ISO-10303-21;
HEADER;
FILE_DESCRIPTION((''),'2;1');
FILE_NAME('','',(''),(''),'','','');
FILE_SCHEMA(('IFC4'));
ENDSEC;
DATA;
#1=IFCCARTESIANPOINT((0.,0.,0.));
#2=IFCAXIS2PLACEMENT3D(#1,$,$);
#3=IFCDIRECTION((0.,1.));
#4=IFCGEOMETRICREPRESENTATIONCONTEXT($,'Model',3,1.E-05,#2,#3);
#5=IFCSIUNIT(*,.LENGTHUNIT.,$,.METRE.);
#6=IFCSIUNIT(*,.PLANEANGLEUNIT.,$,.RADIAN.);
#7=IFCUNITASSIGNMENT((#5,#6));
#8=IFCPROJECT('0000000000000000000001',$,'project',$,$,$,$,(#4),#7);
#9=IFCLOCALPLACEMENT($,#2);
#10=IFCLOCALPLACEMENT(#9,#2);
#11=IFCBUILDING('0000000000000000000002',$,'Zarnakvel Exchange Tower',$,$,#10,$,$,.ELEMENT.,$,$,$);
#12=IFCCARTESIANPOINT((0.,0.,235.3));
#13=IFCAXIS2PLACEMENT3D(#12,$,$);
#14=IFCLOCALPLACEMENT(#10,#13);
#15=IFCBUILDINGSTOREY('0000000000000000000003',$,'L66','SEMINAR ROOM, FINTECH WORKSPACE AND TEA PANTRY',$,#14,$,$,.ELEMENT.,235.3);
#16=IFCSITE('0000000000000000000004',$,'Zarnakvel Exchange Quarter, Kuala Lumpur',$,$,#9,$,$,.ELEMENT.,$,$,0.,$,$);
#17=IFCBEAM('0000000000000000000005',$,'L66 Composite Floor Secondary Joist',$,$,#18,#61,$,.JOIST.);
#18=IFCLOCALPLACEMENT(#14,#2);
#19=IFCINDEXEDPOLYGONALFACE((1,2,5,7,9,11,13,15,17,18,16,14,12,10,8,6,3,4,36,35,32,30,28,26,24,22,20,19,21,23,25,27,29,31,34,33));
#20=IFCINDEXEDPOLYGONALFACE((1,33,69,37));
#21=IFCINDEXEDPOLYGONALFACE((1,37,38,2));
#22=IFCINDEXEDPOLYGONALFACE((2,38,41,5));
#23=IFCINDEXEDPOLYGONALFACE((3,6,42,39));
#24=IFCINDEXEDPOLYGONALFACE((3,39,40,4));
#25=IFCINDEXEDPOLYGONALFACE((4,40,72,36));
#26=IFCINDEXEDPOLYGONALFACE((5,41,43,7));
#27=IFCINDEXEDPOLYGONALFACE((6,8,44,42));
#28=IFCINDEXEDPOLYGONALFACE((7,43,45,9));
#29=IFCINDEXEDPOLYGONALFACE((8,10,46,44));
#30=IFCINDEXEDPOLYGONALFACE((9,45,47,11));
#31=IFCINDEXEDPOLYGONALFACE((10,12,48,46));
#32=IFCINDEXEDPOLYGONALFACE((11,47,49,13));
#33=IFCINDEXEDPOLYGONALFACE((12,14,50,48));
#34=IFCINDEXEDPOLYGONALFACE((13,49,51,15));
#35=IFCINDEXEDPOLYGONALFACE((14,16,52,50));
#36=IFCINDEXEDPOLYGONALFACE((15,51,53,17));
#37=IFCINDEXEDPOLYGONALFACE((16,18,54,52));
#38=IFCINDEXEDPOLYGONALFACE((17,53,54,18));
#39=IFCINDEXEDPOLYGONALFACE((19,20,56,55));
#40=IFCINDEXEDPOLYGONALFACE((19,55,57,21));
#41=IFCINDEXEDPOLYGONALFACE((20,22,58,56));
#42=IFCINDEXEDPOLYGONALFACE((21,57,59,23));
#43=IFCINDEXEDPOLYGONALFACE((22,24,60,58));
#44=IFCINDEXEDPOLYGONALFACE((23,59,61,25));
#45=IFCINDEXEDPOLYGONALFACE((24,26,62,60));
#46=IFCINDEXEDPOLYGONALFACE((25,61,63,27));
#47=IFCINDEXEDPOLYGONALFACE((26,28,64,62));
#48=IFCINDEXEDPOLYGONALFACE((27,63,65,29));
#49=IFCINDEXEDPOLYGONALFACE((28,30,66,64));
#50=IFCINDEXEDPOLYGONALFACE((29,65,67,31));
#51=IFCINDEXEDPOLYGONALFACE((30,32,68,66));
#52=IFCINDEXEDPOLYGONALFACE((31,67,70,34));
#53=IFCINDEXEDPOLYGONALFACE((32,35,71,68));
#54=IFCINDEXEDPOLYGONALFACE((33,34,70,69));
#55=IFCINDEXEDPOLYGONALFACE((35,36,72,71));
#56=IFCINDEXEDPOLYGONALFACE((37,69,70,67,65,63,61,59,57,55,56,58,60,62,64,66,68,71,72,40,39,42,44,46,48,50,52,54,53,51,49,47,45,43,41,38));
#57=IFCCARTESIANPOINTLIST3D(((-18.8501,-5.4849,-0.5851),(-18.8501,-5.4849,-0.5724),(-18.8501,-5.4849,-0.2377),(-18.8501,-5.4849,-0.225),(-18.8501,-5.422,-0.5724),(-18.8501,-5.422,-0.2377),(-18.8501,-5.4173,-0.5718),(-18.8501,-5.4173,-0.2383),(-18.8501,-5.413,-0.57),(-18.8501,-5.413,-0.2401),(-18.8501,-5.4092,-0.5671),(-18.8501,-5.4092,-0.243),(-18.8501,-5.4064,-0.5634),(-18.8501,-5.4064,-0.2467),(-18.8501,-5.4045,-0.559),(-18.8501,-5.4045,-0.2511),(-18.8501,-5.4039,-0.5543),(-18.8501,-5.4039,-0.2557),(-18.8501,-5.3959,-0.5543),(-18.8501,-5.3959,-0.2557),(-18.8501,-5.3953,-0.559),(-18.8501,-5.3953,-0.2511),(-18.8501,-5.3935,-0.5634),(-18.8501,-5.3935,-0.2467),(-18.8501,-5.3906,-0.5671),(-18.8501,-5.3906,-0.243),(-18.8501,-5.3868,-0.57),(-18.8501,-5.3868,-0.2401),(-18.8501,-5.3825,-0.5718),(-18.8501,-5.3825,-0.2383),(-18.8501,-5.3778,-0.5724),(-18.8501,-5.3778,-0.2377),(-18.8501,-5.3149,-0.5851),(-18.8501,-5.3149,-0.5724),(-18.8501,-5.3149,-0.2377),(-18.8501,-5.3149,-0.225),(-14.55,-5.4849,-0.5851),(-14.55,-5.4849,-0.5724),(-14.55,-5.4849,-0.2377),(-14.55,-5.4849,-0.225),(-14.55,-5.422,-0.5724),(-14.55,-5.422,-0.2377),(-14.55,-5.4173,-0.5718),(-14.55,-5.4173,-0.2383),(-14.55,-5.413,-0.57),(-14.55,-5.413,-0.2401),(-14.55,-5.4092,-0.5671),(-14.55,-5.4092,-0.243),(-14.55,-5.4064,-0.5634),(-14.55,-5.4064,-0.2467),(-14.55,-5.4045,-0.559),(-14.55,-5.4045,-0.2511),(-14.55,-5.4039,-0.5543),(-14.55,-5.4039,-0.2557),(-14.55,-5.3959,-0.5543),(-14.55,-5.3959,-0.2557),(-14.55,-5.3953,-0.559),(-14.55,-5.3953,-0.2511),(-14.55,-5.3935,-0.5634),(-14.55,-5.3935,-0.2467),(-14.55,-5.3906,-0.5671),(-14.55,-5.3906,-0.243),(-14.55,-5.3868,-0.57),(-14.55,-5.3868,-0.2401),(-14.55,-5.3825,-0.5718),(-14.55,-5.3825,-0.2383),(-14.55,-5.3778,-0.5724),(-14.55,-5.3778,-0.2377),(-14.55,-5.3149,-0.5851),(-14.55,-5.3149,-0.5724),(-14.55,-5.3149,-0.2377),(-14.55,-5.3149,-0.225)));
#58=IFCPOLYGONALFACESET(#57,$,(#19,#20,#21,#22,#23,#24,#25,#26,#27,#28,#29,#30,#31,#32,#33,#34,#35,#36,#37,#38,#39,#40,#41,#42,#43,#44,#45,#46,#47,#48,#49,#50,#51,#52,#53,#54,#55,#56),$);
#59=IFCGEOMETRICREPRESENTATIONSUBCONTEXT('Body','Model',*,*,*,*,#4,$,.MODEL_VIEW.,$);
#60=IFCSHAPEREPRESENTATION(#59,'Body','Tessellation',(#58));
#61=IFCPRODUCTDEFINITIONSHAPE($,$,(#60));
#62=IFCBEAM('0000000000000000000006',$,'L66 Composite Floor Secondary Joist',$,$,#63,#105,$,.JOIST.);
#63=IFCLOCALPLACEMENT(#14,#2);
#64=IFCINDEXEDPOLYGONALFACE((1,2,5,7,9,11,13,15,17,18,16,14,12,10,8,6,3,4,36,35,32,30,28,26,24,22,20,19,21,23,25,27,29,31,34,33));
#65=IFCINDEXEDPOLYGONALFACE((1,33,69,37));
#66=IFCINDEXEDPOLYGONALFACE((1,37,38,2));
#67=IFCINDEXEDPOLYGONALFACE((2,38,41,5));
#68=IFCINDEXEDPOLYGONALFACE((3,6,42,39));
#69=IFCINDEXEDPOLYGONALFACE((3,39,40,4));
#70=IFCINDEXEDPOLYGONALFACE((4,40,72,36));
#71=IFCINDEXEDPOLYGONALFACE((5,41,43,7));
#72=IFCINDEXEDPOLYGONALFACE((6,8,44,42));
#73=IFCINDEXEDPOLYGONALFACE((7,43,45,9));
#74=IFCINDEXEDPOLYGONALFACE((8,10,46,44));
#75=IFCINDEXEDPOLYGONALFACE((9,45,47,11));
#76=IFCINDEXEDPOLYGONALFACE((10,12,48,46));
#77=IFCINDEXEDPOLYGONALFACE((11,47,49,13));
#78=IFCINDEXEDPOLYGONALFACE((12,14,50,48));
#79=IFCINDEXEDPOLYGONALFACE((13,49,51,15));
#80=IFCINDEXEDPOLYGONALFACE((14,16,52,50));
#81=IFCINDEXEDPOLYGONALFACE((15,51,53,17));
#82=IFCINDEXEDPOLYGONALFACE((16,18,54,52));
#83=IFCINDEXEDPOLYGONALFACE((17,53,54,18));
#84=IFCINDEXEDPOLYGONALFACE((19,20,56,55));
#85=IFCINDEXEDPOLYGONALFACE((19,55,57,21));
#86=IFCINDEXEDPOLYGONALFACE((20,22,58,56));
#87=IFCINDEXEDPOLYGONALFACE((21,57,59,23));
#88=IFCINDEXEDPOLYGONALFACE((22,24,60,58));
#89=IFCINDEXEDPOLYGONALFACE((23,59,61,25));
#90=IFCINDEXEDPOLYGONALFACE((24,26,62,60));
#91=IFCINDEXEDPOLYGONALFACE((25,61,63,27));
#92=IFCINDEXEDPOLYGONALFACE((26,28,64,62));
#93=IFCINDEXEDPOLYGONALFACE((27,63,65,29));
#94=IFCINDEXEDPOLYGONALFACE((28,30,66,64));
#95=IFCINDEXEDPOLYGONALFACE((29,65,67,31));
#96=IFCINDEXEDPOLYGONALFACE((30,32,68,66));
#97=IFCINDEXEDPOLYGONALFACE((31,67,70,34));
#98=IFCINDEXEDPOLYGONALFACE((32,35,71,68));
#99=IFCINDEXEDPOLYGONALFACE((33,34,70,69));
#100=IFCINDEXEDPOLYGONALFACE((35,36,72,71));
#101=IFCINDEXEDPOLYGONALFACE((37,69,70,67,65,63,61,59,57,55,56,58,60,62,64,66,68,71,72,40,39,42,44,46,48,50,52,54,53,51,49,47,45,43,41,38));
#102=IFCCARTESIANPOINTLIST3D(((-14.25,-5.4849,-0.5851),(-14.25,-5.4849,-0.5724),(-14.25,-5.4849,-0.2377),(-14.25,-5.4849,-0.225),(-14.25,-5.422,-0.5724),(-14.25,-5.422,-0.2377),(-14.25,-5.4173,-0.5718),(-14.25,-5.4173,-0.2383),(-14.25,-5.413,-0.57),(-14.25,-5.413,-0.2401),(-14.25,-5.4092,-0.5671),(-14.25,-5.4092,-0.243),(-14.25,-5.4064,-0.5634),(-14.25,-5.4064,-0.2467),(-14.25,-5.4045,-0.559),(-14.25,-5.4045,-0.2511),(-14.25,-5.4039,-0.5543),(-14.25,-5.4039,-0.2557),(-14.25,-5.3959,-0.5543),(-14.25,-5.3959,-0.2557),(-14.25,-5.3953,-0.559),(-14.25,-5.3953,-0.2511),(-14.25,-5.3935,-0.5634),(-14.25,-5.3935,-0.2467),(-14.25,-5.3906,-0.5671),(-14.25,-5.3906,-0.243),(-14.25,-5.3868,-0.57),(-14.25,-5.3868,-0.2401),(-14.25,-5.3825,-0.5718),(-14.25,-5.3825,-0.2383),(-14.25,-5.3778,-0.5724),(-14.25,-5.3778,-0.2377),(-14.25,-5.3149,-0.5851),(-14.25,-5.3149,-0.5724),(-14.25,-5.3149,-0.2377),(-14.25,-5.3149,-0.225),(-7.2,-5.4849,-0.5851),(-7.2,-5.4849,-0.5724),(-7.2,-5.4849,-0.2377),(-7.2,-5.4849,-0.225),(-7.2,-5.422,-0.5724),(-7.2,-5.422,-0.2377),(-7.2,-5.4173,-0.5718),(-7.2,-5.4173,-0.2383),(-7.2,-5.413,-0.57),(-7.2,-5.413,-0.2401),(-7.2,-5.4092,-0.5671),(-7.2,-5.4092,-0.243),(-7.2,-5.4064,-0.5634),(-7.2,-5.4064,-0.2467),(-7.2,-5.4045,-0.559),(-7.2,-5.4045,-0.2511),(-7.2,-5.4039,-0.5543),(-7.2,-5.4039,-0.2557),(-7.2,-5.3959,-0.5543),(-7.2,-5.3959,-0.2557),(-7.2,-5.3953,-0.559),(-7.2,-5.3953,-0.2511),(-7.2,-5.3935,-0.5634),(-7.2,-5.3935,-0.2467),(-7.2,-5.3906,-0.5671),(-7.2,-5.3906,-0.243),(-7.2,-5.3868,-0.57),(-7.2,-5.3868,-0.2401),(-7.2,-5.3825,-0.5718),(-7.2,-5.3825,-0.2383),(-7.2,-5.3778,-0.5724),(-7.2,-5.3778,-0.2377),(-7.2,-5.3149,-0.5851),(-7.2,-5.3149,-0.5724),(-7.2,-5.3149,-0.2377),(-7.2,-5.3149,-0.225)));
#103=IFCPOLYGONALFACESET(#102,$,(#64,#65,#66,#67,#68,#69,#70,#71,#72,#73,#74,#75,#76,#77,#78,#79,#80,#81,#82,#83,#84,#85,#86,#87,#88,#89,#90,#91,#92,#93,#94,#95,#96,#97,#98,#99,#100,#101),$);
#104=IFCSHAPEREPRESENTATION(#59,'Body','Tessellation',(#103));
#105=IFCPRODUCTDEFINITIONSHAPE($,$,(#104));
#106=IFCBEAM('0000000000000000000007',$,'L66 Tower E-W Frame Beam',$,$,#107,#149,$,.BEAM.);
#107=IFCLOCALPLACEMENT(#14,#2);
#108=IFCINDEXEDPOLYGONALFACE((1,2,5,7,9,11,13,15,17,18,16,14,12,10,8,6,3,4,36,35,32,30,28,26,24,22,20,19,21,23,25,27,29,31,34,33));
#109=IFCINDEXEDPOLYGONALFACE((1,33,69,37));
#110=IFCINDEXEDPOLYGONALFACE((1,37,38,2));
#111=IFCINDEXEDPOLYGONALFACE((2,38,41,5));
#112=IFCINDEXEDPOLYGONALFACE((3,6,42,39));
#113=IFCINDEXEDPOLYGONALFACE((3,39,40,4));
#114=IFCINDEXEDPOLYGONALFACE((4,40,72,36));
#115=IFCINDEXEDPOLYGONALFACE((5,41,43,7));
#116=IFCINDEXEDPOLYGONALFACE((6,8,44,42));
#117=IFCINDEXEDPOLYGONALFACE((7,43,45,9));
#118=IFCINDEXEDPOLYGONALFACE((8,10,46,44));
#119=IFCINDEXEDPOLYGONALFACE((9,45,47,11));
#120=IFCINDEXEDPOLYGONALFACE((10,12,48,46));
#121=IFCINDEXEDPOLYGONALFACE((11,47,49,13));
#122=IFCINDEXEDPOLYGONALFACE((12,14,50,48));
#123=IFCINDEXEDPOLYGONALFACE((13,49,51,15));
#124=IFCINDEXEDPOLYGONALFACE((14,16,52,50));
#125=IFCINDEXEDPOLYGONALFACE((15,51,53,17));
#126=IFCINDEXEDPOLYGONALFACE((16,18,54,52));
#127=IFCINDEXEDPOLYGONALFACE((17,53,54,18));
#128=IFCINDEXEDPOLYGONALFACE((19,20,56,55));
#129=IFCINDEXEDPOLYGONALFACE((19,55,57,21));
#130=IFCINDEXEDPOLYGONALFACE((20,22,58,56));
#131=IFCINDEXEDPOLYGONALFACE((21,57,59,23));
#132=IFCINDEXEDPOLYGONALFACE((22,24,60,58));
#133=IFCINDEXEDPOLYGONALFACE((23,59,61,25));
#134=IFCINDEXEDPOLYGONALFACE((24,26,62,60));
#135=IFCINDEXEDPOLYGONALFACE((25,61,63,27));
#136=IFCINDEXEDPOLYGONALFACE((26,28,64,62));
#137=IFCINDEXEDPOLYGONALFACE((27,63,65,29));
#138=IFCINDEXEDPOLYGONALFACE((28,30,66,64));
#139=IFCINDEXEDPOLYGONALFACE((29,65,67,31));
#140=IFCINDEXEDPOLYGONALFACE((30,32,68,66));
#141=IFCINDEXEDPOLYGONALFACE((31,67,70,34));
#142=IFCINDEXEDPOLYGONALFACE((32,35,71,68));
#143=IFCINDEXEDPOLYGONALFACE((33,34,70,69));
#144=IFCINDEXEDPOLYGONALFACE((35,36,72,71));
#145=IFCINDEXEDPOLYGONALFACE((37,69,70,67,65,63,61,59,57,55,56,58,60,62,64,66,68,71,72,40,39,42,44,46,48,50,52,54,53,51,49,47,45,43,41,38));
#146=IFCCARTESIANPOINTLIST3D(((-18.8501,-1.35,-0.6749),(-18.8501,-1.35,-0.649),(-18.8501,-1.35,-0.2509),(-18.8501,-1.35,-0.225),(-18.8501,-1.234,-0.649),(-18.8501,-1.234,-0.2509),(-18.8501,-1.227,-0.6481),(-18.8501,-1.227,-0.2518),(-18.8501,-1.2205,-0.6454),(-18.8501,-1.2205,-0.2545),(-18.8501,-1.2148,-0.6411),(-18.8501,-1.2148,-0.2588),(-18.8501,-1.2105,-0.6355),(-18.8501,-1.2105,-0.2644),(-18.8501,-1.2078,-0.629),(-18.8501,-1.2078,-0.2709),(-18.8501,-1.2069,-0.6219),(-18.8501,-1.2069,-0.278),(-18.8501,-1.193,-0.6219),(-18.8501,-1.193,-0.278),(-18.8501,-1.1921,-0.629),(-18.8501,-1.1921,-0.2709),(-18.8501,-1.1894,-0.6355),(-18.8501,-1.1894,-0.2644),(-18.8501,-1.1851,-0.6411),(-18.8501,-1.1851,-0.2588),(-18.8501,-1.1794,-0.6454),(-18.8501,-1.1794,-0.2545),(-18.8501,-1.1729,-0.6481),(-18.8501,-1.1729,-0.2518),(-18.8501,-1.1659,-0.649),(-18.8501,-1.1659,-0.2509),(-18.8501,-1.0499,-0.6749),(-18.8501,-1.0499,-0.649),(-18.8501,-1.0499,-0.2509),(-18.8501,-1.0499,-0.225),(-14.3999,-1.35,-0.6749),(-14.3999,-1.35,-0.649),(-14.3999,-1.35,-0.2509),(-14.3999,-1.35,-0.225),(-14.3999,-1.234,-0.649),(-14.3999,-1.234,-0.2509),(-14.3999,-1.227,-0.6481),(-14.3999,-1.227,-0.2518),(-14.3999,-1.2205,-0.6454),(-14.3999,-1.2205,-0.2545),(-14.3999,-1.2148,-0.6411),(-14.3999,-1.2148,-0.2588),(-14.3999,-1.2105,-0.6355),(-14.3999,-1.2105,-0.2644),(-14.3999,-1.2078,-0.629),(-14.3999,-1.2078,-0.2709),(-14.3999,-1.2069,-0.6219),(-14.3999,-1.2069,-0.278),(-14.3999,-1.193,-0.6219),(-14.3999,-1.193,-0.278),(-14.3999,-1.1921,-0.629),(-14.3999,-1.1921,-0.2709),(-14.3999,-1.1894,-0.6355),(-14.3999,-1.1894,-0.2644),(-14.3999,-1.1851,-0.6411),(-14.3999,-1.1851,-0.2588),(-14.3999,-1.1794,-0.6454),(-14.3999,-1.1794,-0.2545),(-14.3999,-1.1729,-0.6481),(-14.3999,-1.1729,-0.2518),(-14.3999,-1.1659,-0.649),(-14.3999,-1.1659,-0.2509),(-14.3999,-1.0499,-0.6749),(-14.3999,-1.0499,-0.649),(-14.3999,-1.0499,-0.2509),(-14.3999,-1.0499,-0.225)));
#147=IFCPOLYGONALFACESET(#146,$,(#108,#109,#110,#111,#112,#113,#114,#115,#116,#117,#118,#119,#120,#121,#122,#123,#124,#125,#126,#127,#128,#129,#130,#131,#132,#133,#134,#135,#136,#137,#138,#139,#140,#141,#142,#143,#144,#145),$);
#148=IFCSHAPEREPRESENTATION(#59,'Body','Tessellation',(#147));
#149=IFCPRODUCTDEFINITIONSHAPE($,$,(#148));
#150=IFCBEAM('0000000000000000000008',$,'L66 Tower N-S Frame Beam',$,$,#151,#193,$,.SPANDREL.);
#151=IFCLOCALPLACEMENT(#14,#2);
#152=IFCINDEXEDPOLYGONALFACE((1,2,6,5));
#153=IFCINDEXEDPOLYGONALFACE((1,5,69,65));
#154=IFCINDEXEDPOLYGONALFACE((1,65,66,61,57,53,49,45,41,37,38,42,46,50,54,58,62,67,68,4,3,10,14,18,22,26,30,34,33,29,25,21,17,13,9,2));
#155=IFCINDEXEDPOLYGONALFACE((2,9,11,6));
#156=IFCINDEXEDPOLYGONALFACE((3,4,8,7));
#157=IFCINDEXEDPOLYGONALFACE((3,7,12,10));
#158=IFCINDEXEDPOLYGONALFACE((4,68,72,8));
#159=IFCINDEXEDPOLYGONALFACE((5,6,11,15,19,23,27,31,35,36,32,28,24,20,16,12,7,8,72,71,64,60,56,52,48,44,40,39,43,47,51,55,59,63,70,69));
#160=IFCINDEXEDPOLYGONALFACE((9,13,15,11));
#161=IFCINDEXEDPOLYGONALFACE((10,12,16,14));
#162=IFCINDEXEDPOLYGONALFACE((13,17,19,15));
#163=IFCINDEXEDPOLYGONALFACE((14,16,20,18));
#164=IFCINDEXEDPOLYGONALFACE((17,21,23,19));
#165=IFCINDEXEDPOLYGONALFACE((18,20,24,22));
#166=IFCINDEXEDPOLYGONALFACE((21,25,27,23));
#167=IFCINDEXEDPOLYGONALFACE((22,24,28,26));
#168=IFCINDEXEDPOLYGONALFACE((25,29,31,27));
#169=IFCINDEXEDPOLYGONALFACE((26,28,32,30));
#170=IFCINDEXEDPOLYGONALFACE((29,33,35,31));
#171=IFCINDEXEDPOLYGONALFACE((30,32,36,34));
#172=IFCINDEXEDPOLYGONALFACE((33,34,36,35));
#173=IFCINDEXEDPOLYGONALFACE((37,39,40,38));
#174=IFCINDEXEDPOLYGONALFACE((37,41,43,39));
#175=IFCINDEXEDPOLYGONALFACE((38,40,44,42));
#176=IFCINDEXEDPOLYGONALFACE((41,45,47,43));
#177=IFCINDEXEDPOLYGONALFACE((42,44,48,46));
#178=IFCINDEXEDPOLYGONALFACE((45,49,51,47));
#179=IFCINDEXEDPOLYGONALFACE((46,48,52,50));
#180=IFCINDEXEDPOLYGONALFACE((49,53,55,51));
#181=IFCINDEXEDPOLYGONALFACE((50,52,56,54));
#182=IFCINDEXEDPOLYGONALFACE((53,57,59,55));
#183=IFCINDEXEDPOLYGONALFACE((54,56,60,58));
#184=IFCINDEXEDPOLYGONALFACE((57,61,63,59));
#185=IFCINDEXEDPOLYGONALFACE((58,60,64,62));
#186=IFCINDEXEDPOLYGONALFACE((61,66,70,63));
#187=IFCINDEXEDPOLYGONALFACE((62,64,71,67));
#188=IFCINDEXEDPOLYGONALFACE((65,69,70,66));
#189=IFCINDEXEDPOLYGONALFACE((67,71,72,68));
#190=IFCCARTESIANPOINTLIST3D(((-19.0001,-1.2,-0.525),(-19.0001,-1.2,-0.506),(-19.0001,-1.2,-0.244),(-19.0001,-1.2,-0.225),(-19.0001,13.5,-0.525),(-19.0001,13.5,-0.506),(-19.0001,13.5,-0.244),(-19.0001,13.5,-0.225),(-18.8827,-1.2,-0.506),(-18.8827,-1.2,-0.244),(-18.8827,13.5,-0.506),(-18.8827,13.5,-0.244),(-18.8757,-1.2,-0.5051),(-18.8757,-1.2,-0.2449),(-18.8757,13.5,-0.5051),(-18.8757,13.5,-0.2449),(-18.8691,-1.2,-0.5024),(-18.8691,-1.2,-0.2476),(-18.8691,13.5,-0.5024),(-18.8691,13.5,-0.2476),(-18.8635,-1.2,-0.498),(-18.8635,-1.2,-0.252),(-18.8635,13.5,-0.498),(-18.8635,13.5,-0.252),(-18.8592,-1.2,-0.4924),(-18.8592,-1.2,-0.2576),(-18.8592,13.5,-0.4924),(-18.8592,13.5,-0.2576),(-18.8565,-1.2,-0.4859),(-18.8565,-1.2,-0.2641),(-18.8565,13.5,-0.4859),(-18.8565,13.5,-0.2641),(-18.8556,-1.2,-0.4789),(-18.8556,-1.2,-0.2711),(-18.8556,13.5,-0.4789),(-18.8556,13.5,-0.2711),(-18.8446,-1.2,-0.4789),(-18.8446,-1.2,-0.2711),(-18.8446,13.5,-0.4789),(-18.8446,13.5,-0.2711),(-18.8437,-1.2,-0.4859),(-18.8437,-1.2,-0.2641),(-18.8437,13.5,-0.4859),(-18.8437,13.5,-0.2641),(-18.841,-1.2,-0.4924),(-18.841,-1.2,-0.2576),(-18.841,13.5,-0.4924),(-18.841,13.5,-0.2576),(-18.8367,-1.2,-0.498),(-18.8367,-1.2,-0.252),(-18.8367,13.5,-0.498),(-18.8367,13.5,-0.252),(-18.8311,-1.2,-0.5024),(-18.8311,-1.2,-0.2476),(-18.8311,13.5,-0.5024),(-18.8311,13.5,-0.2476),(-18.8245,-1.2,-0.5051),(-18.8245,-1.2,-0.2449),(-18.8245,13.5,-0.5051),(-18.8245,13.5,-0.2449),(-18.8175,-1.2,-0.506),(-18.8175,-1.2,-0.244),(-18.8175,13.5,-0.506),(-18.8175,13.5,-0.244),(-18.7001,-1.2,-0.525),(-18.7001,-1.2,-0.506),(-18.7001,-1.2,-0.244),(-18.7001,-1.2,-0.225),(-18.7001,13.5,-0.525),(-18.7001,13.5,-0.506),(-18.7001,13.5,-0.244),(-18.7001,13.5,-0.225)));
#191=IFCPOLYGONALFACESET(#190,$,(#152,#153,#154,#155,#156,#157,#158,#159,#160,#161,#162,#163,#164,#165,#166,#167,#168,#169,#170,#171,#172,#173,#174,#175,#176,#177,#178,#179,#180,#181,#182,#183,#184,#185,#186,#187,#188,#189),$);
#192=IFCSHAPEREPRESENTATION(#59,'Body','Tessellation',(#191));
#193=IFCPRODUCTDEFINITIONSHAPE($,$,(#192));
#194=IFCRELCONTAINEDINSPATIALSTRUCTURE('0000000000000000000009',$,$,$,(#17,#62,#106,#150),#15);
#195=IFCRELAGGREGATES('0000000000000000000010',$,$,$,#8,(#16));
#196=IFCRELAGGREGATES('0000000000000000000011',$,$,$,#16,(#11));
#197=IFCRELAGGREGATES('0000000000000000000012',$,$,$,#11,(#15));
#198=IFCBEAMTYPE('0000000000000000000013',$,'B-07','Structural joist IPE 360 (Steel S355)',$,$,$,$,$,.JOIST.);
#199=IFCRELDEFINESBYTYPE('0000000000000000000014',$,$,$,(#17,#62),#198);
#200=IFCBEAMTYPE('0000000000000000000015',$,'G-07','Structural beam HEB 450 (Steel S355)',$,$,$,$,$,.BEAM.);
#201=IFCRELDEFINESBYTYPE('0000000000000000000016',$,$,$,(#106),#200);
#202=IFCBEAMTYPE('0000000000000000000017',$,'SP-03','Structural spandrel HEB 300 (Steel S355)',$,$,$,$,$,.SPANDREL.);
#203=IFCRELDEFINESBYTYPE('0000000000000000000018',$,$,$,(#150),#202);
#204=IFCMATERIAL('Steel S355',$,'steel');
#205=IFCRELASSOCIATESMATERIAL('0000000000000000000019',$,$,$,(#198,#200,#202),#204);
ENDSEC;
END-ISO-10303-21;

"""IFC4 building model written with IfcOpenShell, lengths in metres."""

from ifc_helpers import new_model, si_unit, direction, frame, origin, origin_2d, place, context, subcontext, project, spatial, i_section, extrude, material, material_profile, profile_set, type_object, element, save


model = new_model("IFC4")

# Units and contexts
model_context = context("Model", 3, precision=1e-05, world=origin(), true_north=direction((0.0, 1.0)))
body_context = subcontext(model_context, "Body", "Model", "MODEL_VIEW")
ifc_project = project(units=[si_unit("LENGTHUNIT", "METRE"), si_unit("PLANEANGLEUNIT", "RADIAN")], contexts=[model_context])

# Site, building, storey
site_placement = place(None, origin())
site = spatial("IfcSite", under=ifc_project, at=site_placement, Name="Zarnakvel Exchange Quarter, Kuala Lumpur", CompositionType="ELEMENT", RefElevation=0.0)
building_placement = place(site_placement, origin())
building = spatial("IfcBuilding", under=site, at=building_placement, Name="Zarnakvel Exchange Tower", CompositionType="ELEMENT")
storey_placement = place(building_placement, frame((0.0, 0.0, 235.3)))
storey = spatial("IfcBuildingStorey", under=building, at=storey_placement, Name="L66", Description="SEMINAR ROOM, FINTECH WORKSPACE AND TEA PANTRY", CompositionType="ELEMENT", Elevation=235.3)

# Shared definitions
ifc_material_1 = material(Name="Steel S355", Category="steel")

# Beams
ifc_material_profile_1 = material_profile(ifc_material_1, i_section(OverallWidth=0.1699, OverallDepth=0.3601, WebThickness=0.0081, FlangeThickness=0.0127, FilletRadius=0.0181, at=origin_2d()))
ifc_profile_set_1 = profile_set([ifc_material_profile_1], Name="Steel S355")
beam_type_1 = type_object("IfcBeamType", Name="B-07", Description="Structural joist IPE 360 (Steel S355)", PredefinedType="JOIST", material=ifc_profile_set_1)
beam_1_placement = place(storey_placement, frame((-18.8501, -5.3999, -0.405), z_axis=(1.0, 0.0, 0.0), x_axis=(0.0, 1.0, 0.0)))
element("IfcBeam", 1, at=beam_1_placement, inside=storey, type_object=beam_type_1, Name="L66 Composite Floor Secondary Joist", PredefinedType="JOIST", context=body_context, shape_type="SweptSolid", body=[
    extrude(i_section(OverallWidth=0.1699, OverallDepth=0.3601, WebThickness=0.0081, FlangeThickness=0.0127, FilletRadius=0.0181, at=origin_2d()), origin(), (0.0, 0.0, 1.0), 4.3),
])
beam_2_placement = place(storey_placement, frame((-14.25, -5.3999, -0.405), z_axis=(1.0, 0.0, 0.0), x_axis=(0.0, 1.0, 0.0)))
element("IfcBeam", 2, at=beam_2_placement, inside=storey, type_object=beam_type_1, Name="L66 Composite Floor Secondary Joist", PredefinedType="JOIST", context=body_context, shape_type="SweptSolid", body=[
    extrude(i_section(OverallWidth=0.1699, OverallDepth=0.3601, WebThickness=0.0081, FlangeThickness=0.0127, FilletRadius=0.0181, at=origin_2d()), origin(), (0.0, 0.0, 1.0), 7.05),
])
ifc_material_profile_2 = material_profile(ifc_material_1, i_section(OverallWidth=0.3, OverallDepth=0.45, WebThickness=0.0139, FlangeThickness=0.0259, FilletRadius=0.0271, at=origin_2d()))
ifc_profile_set_2 = profile_set([ifc_material_profile_2], Name="Steel S355")
beam_type_2 = type_object("IfcBeamType", Name="G-07", Description="Structural beam HEB 450 (Steel S355)", PredefinedType="BEAM", material=ifc_profile_set_2)
beam_3_placement = place(storey_placement, frame((-18.8501, -1.2, -0.45), z_axis=(1.0, 0.0, 0.0), x_axis=(0.0, 1.0, 0.0)))
element("IfcBeam", 3, at=beam_3_placement, inside=storey, type_object=beam_type_2, Name="L66 Tower E-W Frame Beam", PredefinedType="BEAM", context=body_context, shape_type="SweptSolid", body=[
    extrude(i_section(OverallWidth=0.3, OverallDepth=0.45, WebThickness=0.0139, FlangeThickness=0.0259, FilletRadius=0.0271, at=origin_2d()), origin(), (0.0, 0.0, 1.0), 4.4502),
])
ifc_material_profile_3 = material_profile(ifc_material_1, i_section(OverallWidth=0.3, OverallDepth=0.3, WebThickness=0.011, FlangeThickness=0.019, FilletRadius=0.0271, at=origin_2d()))
ifc_profile_set_3 = profile_set([ifc_material_profile_3], Name="Steel S355")
beam_type_3 = type_object("IfcBeamType", Name="SP-03", Description="Structural spandrel HEB 300 (Steel S355)", PredefinedType="SPANDREL", material=ifc_profile_set_3)
beam_4_placement = place(storey_placement, frame((-18.8501, -1.2, -0.375), z_axis=(0.0, 1.0, 0.0), x_axis=(-1.0, 0.0, 0.0)))
element("IfcBeam", 4, at=beam_4_placement, inside=storey, type_object=beam_type_3, Name="L66 Tower N-S Frame Beam", PredefinedType="SPANDREL", context=body_context, shape_type="SweptSolid", body=[
    extrude(i_section(OverallWidth=0.3, OverallDepth=0.3, WebThickness=0.011, FlangeThickness=0.019, FilletRadius=0.0271, at=origin_2d()), origin(), (0.0, 0.0, 1.0), 14.7),
])

save(model, "model.ifc")
